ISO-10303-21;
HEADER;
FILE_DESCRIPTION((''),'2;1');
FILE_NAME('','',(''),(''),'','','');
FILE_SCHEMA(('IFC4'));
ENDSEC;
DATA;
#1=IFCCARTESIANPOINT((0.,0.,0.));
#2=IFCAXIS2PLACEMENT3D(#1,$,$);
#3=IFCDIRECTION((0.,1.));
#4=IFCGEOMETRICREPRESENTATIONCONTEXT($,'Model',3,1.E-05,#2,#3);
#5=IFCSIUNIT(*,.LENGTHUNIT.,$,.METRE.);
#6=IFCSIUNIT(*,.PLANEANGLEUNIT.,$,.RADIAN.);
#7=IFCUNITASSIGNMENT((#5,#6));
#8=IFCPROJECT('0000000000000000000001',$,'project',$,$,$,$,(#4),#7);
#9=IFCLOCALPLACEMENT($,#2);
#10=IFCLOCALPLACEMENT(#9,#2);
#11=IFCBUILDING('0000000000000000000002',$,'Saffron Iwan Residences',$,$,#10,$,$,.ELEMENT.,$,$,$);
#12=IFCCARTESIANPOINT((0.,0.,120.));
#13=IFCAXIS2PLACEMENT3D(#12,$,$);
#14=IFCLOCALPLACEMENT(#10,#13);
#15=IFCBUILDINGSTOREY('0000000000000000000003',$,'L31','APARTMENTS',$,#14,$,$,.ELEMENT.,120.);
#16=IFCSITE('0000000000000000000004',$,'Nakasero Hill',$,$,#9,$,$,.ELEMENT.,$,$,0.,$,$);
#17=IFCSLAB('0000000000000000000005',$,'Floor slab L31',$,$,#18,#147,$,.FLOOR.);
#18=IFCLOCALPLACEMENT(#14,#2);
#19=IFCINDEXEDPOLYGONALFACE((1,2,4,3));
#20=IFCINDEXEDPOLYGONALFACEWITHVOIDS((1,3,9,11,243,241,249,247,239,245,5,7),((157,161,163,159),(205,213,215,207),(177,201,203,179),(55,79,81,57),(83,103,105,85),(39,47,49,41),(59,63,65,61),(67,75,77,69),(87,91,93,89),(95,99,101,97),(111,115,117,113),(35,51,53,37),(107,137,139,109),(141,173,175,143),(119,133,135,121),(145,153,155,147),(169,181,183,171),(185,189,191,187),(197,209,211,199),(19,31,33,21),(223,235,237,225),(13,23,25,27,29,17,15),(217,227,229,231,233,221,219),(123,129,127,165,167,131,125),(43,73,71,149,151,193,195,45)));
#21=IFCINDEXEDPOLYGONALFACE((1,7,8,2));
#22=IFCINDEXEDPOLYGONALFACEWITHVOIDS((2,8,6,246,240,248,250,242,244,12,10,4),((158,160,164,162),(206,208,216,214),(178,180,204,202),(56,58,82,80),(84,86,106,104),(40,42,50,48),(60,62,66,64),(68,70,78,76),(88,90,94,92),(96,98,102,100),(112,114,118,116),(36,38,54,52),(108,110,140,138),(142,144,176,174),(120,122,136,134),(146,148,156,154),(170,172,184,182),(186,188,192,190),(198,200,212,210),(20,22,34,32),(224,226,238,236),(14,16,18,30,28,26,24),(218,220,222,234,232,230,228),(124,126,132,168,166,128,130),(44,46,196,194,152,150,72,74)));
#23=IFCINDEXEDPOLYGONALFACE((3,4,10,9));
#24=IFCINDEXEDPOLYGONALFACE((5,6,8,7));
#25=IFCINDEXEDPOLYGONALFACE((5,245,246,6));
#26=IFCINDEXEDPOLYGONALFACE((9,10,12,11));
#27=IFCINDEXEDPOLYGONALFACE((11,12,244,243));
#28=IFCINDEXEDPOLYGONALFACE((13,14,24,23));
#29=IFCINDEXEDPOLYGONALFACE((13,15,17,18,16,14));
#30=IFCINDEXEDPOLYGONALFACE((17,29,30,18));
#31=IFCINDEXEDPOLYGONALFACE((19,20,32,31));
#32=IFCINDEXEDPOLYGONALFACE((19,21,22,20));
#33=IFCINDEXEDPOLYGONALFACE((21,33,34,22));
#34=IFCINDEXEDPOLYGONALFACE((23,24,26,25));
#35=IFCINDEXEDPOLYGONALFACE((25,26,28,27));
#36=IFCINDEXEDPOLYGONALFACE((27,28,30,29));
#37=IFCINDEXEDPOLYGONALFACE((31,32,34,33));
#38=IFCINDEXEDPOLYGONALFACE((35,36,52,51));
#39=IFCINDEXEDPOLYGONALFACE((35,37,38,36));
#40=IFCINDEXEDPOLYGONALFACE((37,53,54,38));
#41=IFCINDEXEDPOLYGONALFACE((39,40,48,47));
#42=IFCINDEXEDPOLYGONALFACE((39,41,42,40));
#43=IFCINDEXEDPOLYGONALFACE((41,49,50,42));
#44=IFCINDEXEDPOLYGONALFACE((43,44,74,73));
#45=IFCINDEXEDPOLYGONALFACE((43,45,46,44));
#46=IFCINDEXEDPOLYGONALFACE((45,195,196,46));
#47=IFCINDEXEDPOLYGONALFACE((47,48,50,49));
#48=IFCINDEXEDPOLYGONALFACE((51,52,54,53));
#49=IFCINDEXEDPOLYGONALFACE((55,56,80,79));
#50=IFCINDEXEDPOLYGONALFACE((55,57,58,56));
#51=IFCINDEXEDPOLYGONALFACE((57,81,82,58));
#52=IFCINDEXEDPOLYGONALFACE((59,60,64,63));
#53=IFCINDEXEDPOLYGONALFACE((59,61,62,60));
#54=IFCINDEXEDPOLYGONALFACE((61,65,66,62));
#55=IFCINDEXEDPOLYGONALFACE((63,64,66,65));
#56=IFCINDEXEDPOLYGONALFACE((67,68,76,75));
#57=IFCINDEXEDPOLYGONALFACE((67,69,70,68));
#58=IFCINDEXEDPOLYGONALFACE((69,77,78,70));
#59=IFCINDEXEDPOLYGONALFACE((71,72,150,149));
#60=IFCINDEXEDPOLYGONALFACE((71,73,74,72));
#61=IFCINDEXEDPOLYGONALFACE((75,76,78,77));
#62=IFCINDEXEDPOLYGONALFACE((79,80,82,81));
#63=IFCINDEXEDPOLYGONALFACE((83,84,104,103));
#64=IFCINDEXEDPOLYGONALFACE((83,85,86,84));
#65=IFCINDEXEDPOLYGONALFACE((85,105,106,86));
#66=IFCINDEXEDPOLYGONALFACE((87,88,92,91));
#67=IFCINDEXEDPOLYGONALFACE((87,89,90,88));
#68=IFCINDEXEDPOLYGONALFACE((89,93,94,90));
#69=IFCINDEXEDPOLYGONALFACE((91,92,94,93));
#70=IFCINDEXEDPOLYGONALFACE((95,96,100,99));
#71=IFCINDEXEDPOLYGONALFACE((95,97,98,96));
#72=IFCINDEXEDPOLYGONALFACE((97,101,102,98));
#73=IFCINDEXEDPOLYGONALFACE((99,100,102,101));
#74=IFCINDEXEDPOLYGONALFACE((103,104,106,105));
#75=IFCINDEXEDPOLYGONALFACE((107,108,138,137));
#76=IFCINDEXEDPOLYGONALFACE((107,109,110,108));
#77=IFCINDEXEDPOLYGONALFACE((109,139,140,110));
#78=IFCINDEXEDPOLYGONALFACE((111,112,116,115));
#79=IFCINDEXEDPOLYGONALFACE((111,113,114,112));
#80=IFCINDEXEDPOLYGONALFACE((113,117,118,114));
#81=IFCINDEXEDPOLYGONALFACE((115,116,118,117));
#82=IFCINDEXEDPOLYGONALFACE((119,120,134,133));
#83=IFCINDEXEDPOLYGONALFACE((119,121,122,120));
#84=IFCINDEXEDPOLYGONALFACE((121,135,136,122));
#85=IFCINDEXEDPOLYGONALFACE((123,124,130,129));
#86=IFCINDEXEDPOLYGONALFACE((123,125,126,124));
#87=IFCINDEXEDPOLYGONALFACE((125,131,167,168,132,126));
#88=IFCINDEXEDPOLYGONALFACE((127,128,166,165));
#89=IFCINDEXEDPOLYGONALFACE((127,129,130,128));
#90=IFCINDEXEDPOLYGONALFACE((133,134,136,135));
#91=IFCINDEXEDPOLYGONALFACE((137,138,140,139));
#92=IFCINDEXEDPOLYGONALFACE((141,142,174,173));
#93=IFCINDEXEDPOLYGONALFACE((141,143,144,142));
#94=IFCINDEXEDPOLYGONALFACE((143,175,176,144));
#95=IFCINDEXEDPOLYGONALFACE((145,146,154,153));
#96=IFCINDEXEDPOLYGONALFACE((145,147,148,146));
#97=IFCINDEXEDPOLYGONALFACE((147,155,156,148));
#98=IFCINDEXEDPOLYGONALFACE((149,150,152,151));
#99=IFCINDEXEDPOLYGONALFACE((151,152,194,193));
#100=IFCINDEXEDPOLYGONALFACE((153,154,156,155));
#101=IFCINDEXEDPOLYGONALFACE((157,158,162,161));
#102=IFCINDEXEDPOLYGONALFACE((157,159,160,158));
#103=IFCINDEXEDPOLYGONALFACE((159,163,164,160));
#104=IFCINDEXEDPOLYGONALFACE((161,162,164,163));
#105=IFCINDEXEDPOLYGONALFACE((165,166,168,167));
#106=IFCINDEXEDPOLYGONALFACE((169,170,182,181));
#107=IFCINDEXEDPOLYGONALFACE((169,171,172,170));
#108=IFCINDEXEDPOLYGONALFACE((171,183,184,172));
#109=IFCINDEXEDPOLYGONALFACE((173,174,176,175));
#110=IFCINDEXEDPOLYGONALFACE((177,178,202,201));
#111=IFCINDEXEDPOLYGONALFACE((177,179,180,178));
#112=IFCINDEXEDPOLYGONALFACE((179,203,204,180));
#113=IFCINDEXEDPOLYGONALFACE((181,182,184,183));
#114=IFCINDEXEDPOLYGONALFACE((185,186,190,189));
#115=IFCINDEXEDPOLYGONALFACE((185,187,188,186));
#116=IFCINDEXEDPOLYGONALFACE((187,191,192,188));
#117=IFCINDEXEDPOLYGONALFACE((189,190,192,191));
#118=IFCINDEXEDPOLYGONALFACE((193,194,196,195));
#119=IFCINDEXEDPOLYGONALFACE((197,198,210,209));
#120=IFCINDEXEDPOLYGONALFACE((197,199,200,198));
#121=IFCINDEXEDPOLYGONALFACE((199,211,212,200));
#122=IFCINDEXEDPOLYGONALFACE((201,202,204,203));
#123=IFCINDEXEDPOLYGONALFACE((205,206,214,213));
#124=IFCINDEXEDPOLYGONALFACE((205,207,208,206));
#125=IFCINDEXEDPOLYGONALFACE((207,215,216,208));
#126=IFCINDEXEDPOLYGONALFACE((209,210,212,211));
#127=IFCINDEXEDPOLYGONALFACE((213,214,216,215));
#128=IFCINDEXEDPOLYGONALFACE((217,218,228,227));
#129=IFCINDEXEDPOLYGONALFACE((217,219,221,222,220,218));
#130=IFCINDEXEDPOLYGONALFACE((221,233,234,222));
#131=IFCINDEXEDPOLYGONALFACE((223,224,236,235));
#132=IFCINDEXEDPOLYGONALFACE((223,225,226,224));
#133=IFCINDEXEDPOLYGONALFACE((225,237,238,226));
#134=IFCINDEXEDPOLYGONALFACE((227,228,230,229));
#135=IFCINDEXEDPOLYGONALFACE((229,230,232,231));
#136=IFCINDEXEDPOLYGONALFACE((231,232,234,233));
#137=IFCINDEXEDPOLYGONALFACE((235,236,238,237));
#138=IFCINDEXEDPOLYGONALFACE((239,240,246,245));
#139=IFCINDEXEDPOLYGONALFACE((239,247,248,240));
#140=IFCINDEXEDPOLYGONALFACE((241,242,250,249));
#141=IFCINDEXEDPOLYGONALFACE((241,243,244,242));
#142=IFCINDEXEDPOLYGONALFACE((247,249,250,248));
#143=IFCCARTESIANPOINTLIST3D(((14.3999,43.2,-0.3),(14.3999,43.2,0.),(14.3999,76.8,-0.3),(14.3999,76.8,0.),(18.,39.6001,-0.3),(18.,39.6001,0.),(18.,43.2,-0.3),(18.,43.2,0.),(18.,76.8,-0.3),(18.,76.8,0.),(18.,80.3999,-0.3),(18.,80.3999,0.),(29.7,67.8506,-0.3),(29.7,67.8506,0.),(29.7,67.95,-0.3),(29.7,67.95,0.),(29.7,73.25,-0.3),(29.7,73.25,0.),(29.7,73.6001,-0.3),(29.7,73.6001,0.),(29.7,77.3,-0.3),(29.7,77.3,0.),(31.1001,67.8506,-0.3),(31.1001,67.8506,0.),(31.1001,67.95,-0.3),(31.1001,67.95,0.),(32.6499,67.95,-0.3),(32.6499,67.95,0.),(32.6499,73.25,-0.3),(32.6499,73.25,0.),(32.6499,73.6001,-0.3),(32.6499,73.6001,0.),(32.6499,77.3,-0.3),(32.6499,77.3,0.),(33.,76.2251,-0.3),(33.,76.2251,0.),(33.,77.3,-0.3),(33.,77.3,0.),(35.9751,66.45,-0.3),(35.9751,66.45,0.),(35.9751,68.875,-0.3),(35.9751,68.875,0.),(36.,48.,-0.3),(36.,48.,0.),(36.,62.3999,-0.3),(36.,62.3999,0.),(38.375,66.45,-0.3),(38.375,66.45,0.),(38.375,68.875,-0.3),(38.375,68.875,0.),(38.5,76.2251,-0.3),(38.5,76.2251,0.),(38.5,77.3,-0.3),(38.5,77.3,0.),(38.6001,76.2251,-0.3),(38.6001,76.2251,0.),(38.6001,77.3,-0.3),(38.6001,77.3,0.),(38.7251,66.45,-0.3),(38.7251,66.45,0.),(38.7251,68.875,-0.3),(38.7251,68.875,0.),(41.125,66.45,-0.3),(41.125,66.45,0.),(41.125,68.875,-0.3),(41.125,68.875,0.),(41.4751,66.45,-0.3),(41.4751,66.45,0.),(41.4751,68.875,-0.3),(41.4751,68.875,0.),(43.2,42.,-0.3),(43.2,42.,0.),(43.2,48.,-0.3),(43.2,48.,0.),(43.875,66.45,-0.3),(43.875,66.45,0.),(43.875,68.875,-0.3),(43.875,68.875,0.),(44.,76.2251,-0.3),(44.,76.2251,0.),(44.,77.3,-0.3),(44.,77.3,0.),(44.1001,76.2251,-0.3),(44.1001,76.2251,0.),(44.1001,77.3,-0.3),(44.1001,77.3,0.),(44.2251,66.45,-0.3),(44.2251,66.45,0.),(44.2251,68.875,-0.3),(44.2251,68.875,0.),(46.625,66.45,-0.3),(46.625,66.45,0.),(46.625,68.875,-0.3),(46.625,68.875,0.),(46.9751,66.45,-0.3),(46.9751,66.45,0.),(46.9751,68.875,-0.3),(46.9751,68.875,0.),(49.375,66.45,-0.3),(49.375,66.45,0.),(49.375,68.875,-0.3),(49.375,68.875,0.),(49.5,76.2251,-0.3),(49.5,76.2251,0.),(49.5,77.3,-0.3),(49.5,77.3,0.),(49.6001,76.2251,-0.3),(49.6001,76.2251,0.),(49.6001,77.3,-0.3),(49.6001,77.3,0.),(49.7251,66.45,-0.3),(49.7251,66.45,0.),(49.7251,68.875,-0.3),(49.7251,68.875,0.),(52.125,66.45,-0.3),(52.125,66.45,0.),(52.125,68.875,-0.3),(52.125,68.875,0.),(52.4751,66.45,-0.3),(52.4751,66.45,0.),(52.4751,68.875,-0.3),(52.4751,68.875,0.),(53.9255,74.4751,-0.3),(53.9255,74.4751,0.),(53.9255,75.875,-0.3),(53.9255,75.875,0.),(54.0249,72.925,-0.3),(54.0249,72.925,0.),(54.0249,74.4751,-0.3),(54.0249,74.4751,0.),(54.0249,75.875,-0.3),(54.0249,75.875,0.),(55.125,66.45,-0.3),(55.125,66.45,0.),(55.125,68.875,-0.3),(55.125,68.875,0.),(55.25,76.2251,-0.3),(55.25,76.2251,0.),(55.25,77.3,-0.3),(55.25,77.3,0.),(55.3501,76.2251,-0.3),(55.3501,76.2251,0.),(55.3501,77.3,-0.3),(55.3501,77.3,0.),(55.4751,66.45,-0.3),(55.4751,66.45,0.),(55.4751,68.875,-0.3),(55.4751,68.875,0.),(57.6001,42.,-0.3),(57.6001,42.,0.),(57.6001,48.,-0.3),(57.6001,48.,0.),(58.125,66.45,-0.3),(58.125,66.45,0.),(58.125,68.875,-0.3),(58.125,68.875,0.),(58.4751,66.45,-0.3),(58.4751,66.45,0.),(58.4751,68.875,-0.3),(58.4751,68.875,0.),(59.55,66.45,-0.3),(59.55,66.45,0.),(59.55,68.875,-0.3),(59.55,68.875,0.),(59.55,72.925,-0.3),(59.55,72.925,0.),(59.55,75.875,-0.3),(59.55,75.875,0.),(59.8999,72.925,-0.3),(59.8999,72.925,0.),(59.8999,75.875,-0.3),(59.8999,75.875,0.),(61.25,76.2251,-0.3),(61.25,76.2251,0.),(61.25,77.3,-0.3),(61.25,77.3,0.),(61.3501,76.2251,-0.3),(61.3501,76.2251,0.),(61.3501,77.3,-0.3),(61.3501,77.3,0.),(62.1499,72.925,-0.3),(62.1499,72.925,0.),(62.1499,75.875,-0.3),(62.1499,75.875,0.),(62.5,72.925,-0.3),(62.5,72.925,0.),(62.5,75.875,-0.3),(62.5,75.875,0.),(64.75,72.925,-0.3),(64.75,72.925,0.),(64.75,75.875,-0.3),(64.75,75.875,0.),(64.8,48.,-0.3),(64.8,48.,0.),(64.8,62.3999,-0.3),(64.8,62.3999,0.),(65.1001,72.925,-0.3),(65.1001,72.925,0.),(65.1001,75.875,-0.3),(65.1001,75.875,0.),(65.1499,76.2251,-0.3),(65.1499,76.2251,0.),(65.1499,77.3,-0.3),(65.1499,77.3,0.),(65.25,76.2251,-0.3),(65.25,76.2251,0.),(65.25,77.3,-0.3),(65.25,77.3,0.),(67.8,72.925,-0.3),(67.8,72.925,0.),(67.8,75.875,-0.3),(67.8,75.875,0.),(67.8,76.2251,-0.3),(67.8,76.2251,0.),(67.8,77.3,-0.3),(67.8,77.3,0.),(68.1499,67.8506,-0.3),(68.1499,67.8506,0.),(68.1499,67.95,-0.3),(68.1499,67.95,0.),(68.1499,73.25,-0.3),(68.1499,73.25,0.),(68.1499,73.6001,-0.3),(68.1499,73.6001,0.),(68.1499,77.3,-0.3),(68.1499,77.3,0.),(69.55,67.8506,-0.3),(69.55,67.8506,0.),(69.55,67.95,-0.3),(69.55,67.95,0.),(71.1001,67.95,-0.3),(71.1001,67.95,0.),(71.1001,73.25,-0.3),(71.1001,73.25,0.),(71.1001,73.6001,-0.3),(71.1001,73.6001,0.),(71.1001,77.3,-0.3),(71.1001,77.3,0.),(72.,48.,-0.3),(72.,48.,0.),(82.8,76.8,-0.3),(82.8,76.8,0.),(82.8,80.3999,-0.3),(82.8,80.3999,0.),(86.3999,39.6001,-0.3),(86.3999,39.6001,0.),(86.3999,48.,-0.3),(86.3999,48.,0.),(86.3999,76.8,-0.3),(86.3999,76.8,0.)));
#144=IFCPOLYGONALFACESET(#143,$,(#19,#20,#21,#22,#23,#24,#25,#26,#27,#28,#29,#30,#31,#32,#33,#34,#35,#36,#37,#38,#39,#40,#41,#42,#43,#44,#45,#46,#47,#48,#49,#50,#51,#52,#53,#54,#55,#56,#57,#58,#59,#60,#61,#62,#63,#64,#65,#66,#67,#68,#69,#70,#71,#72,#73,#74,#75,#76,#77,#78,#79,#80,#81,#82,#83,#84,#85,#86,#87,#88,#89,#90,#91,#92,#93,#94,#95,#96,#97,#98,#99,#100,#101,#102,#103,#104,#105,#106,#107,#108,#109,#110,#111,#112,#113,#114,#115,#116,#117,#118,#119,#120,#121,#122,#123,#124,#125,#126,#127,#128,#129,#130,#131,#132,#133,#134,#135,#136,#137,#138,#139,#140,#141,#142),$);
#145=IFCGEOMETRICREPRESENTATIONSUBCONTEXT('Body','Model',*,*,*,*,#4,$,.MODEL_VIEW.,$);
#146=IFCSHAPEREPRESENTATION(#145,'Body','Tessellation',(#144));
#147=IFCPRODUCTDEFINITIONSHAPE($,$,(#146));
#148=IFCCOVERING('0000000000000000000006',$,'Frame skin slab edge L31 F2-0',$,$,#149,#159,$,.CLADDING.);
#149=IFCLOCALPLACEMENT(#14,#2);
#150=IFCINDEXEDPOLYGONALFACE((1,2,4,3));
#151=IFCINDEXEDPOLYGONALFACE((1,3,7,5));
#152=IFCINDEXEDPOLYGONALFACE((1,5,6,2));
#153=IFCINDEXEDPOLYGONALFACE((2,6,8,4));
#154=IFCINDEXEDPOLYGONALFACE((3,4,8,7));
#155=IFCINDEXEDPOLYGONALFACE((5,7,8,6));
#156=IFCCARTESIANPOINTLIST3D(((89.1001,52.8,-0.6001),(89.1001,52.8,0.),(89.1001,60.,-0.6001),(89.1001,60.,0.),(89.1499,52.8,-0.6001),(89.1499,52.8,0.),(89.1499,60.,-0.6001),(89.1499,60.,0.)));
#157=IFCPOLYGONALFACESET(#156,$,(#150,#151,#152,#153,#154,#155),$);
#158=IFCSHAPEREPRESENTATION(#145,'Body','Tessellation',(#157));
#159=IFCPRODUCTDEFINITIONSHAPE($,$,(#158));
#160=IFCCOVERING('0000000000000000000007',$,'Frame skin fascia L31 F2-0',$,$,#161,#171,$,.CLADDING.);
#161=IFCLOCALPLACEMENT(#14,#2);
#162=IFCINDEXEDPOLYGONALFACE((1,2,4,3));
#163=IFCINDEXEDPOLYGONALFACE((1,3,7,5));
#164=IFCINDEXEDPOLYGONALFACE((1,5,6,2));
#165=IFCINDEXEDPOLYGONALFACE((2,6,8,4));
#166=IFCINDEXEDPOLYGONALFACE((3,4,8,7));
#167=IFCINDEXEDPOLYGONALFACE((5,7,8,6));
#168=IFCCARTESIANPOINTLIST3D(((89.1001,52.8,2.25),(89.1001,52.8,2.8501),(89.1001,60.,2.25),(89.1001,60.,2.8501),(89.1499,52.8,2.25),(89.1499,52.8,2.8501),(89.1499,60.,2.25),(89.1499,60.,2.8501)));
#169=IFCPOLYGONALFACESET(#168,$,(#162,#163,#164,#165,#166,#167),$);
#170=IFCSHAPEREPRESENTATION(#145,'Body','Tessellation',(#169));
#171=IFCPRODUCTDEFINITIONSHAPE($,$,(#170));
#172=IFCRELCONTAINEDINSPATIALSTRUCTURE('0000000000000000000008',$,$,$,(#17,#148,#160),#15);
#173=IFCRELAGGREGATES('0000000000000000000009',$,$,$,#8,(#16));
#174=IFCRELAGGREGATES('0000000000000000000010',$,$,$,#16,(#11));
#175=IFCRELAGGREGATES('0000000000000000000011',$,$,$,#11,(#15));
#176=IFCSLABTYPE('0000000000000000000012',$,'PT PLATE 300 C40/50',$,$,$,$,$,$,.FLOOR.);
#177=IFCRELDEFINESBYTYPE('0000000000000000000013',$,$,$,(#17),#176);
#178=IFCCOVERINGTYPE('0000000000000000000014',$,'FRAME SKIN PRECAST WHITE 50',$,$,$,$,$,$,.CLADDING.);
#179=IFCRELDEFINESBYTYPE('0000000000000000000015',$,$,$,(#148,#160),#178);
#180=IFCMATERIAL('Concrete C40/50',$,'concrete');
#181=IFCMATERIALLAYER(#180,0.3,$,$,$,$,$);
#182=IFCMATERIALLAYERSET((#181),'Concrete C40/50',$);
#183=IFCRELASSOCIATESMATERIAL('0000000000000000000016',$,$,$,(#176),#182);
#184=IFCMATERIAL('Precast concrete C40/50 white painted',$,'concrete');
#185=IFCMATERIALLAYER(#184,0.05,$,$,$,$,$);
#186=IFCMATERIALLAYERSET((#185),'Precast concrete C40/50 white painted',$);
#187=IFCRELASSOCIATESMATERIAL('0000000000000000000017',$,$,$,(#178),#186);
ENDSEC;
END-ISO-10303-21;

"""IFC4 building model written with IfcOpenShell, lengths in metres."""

from ifc_helpers import new_model, si_unit, direction, frame, origin, place, context, subcontext, project, spatial, polyline, outline, extrude, material, layer, layer_set, type_object, element, save


model = new_model("IFC4")

# Units and contexts
model_context = context("Model", 3, precision=1e-05, world=origin(), true_north=direction((0.0, 1.0)))
body_context = subcontext(model_context, "Body", "Model", "MODEL_VIEW")
ifc_project = project(units=[si_unit("LENGTHUNIT", "METRE"), si_unit("PLANEANGLEUNIT", "RADIAN")], contexts=[model_context])

# Site, building, storey
site_placement = place(None, origin())
site = spatial("IfcSite", under=ifc_project, at=site_placement, Name="Nakasero Hill", CompositionType="ELEMENT", RefElevation=0.0)
building_placement = place(site_placement, origin())
building = spatial("IfcBuilding", under=site, at=building_placement, Name="Saffron Iwan Residences", CompositionType="ELEMENT")
storey_placement = place(building_placement, frame((0.0, 0.0, 120.0)))
storey = spatial("IfcBuildingStorey", under=building, at=storey_placement, Name="L31", Description="APARTMENTS", CompositionType="ELEMENT", Elevation=120.0)

# Slab
ifc_material_1 = material(Name="Concrete C40/50", Category="concrete")
ifc_layer_1 = layer(ifc_material_1, 0.3)
ifc_layer_set_1 = layer_set([ifc_layer_1], Name="Concrete C40/50")
slab_type_1 = type_object("IfcSlabType", Name="PT PLATE 300 C40/50", PredefinedType="FLOOR", material=ifc_layer_set_1)
slab_1_placement = place(storey_placement, frame((0.0, 0.0, -0.3)))
element("IfcSlab", 1, at=slab_1_placement, inside=storey, type_object=slab_type_1, Name="Floor slab L31", PredefinedType="FLOOR", context=body_context, shape_type="SweptSolid", body=[
    extrude(outline(polyline([(14.3999, 43.2), (14.3999, 76.8), (18.0, 76.8), (18.0, 80.3999), (82.8, 80.3999), (82.8, 76.8), (86.3999, 76.8), (86.3999, 48.0), (72.0, 48.0), (86.3999, 39.6001), (18.0, 39.6001), (18.0, 43.2), (14.3999, 43.2)]), holes=[polyline([(64.8, 48.0), (64.8, 62.3999), (36.0, 62.3999), (36.0, 48.0), (43.2, 48.0), (43.2, 42.0), (57.6001, 42.0), (57.6001, 48.0), (64.8, 48.0)]), polyline([(38.375, 68.875), (35.9751, 68.875), (35.9751, 66.45), (38.375, 66.45), (38.375, 68.875)]), polyline([(41.125, 66.45), (41.125, 68.875), (38.7251, 68.875), (38.7251, 66.45), (41.125, 66.45)]), polyline([(43.875, 66.45), (43.875, 68.875), (41.4751, 68.875), (41.4751, 66.45), (43.875, 66.45)]), polyline([(46.625, 68.875), (44.2251, 68.875), (44.2251, 66.45), (46.625, 66.45), (46.625, 68.875)]), polyline([(49.375, 66.45), (49.375, 68.875), (46.9751, 68.875), (46.9751, 66.45), (49.375, 66.45)]), polyline([(52.125, 66.45), (52.125, 68.875), (49.7251, 68.875), (49.7251, 66.45), (52.125, 66.45)]), polyline([(29.7, 73.25), (29.7, 67.95), (29.7, 67.8506), (31.1001, 67.8506), (31.1001, 67.95), (32.6499, 67.95), (32.6499, 73.25), (29.7, 73.25)]), polyline([(32.6499, 73.6001), (32.6499, 77.3), (29.7, 77.3), (29.7, 73.6001), (32.6499, 73.6001)]), polyline([(38.5, 76.2251), (38.5, 77.3), (33.0, 77.3), (33.0, 76.2251), (38.5, 76.2251)]), polyline([(44.0, 77.3), (38.6001, 77.3), (38.6001, 76.2251), (44.0, 76.2251), (44.0, 77.3)]), polyline([(49.5, 76.2251), (49.5, 77.3), (44.1001, 77.3), (44.1001, 76.2251), (49.5, 76.2251)]), polyline([(55.25, 76.2251), (55.25, 77.3), (49.6001, 77.3), (49.6001, 76.2251), (55.25, 76.2251)]), polyline([(55.125, 68.875), (52.4751, 68.875), (52.4751, 66.45), (55.125, 66.45), (55.125, 68.875)]), polyline([(58.125, 66.45), (58.125, 68.875), (55.4751, 68.875), (55.4751, 66.45), (58.125, 66.45)]), polyline([(59.55, 66.45), (59.55, 68.875), (58.4751, 68.875), (58.4751, 66.45), (59.55, 66.45)]), polyline([(68.1499, 73.25), (68.1499, 67.95), (68.1499, 67.8506), (69.55, 67.8506), (69.55, 67.95), (71.1001, 67.95), (71.1001, 73.25), (68.1499, 73.25)]), polyline([(53.9255, 74.4751), (54.0249, 74.4751), (54.0249, 72.925), (59.55, 72.925), (59.55, 75.875), (54.0249, 75.875), (53.9255, 75.875), (53.9255, 74.4751)]), polyline([(62.1499, 72.925), (62.1499, 75.875), (59.8999, 75.875), (59.8999, 72.925), (62.1499, 72.925)]), polyline([(64.75, 75.875), (62.5, 75.875), (62.5, 72.925), (64.75, 72.925), (64.75, 75.875)]), polyline([(67.8, 72.925), (67.8, 75.875), (65.1001, 75.875), (65.1001, 72.925), (67.8, 72.925)]), polyline([(71.1001, 73.6001), (71.1001, 77.3), (68.1499, 77.3), (68.1499, 73.6001), (71.1001, 73.6001)]), polyline([(61.25, 77.3), (55.3501, 77.3), (55.3501, 76.2251), (61.25, 76.2251), (61.25, 77.3)]), polyline([(65.1499, 76.2251), (65.1499, 77.3), (61.3501, 77.3), (61.3501, 76.2251), (65.1499, 76.2251)]), polyline([(67.8, 76.2251), (67.8, 77.3), (65.25, 77.3), (65.25, 76.2251), (67.8, 76.2251)])]), origin(), (0.0, 0.0, 1.0), 0.3),
])

# Coverings
ifc_material_2 = material(Name="Precast concrete C40/50 white painted", Category="concrete")
ifc_layer_2 = layer(ifc_material_2, 0.05)
ifc_layer_set_2 = layer_set([ifc_layer_2], Name="Precast concrete C40/50 white painted")
covering_type_1 = type_object("IfcCoveringType", Name="FRAME SKIN PRECAST WHITE 50", PredefinedType="CLADDING", material=ifc_layer_set_2)
for number, where, name in (
    (2, (0.0, 0.0, -0.6001), "Frame skin slab edge L31 F2-0"),
    (3, (0.0, 0.0, 2.25), "Frame skin fascia L31 F2-0"),
):
    element("IfcCovering", number, at=place(storey_placement, frame(where)), inside=storey, type_object=covering_type_1, Name=name, PredefinedType="CLADDING", context=body_context, shape_type="SweptSolid", body=[
        extrude(outline(polyline([(89.1499, 52.8), (89.1499, 60.0), (89.1001, 60.0), (89.1001, 52.8), (89.1499, 52.8)])), origin(), (0.0, 0.0, 1.0), 0.6001),
    ])

save(model, "model.ifc")
